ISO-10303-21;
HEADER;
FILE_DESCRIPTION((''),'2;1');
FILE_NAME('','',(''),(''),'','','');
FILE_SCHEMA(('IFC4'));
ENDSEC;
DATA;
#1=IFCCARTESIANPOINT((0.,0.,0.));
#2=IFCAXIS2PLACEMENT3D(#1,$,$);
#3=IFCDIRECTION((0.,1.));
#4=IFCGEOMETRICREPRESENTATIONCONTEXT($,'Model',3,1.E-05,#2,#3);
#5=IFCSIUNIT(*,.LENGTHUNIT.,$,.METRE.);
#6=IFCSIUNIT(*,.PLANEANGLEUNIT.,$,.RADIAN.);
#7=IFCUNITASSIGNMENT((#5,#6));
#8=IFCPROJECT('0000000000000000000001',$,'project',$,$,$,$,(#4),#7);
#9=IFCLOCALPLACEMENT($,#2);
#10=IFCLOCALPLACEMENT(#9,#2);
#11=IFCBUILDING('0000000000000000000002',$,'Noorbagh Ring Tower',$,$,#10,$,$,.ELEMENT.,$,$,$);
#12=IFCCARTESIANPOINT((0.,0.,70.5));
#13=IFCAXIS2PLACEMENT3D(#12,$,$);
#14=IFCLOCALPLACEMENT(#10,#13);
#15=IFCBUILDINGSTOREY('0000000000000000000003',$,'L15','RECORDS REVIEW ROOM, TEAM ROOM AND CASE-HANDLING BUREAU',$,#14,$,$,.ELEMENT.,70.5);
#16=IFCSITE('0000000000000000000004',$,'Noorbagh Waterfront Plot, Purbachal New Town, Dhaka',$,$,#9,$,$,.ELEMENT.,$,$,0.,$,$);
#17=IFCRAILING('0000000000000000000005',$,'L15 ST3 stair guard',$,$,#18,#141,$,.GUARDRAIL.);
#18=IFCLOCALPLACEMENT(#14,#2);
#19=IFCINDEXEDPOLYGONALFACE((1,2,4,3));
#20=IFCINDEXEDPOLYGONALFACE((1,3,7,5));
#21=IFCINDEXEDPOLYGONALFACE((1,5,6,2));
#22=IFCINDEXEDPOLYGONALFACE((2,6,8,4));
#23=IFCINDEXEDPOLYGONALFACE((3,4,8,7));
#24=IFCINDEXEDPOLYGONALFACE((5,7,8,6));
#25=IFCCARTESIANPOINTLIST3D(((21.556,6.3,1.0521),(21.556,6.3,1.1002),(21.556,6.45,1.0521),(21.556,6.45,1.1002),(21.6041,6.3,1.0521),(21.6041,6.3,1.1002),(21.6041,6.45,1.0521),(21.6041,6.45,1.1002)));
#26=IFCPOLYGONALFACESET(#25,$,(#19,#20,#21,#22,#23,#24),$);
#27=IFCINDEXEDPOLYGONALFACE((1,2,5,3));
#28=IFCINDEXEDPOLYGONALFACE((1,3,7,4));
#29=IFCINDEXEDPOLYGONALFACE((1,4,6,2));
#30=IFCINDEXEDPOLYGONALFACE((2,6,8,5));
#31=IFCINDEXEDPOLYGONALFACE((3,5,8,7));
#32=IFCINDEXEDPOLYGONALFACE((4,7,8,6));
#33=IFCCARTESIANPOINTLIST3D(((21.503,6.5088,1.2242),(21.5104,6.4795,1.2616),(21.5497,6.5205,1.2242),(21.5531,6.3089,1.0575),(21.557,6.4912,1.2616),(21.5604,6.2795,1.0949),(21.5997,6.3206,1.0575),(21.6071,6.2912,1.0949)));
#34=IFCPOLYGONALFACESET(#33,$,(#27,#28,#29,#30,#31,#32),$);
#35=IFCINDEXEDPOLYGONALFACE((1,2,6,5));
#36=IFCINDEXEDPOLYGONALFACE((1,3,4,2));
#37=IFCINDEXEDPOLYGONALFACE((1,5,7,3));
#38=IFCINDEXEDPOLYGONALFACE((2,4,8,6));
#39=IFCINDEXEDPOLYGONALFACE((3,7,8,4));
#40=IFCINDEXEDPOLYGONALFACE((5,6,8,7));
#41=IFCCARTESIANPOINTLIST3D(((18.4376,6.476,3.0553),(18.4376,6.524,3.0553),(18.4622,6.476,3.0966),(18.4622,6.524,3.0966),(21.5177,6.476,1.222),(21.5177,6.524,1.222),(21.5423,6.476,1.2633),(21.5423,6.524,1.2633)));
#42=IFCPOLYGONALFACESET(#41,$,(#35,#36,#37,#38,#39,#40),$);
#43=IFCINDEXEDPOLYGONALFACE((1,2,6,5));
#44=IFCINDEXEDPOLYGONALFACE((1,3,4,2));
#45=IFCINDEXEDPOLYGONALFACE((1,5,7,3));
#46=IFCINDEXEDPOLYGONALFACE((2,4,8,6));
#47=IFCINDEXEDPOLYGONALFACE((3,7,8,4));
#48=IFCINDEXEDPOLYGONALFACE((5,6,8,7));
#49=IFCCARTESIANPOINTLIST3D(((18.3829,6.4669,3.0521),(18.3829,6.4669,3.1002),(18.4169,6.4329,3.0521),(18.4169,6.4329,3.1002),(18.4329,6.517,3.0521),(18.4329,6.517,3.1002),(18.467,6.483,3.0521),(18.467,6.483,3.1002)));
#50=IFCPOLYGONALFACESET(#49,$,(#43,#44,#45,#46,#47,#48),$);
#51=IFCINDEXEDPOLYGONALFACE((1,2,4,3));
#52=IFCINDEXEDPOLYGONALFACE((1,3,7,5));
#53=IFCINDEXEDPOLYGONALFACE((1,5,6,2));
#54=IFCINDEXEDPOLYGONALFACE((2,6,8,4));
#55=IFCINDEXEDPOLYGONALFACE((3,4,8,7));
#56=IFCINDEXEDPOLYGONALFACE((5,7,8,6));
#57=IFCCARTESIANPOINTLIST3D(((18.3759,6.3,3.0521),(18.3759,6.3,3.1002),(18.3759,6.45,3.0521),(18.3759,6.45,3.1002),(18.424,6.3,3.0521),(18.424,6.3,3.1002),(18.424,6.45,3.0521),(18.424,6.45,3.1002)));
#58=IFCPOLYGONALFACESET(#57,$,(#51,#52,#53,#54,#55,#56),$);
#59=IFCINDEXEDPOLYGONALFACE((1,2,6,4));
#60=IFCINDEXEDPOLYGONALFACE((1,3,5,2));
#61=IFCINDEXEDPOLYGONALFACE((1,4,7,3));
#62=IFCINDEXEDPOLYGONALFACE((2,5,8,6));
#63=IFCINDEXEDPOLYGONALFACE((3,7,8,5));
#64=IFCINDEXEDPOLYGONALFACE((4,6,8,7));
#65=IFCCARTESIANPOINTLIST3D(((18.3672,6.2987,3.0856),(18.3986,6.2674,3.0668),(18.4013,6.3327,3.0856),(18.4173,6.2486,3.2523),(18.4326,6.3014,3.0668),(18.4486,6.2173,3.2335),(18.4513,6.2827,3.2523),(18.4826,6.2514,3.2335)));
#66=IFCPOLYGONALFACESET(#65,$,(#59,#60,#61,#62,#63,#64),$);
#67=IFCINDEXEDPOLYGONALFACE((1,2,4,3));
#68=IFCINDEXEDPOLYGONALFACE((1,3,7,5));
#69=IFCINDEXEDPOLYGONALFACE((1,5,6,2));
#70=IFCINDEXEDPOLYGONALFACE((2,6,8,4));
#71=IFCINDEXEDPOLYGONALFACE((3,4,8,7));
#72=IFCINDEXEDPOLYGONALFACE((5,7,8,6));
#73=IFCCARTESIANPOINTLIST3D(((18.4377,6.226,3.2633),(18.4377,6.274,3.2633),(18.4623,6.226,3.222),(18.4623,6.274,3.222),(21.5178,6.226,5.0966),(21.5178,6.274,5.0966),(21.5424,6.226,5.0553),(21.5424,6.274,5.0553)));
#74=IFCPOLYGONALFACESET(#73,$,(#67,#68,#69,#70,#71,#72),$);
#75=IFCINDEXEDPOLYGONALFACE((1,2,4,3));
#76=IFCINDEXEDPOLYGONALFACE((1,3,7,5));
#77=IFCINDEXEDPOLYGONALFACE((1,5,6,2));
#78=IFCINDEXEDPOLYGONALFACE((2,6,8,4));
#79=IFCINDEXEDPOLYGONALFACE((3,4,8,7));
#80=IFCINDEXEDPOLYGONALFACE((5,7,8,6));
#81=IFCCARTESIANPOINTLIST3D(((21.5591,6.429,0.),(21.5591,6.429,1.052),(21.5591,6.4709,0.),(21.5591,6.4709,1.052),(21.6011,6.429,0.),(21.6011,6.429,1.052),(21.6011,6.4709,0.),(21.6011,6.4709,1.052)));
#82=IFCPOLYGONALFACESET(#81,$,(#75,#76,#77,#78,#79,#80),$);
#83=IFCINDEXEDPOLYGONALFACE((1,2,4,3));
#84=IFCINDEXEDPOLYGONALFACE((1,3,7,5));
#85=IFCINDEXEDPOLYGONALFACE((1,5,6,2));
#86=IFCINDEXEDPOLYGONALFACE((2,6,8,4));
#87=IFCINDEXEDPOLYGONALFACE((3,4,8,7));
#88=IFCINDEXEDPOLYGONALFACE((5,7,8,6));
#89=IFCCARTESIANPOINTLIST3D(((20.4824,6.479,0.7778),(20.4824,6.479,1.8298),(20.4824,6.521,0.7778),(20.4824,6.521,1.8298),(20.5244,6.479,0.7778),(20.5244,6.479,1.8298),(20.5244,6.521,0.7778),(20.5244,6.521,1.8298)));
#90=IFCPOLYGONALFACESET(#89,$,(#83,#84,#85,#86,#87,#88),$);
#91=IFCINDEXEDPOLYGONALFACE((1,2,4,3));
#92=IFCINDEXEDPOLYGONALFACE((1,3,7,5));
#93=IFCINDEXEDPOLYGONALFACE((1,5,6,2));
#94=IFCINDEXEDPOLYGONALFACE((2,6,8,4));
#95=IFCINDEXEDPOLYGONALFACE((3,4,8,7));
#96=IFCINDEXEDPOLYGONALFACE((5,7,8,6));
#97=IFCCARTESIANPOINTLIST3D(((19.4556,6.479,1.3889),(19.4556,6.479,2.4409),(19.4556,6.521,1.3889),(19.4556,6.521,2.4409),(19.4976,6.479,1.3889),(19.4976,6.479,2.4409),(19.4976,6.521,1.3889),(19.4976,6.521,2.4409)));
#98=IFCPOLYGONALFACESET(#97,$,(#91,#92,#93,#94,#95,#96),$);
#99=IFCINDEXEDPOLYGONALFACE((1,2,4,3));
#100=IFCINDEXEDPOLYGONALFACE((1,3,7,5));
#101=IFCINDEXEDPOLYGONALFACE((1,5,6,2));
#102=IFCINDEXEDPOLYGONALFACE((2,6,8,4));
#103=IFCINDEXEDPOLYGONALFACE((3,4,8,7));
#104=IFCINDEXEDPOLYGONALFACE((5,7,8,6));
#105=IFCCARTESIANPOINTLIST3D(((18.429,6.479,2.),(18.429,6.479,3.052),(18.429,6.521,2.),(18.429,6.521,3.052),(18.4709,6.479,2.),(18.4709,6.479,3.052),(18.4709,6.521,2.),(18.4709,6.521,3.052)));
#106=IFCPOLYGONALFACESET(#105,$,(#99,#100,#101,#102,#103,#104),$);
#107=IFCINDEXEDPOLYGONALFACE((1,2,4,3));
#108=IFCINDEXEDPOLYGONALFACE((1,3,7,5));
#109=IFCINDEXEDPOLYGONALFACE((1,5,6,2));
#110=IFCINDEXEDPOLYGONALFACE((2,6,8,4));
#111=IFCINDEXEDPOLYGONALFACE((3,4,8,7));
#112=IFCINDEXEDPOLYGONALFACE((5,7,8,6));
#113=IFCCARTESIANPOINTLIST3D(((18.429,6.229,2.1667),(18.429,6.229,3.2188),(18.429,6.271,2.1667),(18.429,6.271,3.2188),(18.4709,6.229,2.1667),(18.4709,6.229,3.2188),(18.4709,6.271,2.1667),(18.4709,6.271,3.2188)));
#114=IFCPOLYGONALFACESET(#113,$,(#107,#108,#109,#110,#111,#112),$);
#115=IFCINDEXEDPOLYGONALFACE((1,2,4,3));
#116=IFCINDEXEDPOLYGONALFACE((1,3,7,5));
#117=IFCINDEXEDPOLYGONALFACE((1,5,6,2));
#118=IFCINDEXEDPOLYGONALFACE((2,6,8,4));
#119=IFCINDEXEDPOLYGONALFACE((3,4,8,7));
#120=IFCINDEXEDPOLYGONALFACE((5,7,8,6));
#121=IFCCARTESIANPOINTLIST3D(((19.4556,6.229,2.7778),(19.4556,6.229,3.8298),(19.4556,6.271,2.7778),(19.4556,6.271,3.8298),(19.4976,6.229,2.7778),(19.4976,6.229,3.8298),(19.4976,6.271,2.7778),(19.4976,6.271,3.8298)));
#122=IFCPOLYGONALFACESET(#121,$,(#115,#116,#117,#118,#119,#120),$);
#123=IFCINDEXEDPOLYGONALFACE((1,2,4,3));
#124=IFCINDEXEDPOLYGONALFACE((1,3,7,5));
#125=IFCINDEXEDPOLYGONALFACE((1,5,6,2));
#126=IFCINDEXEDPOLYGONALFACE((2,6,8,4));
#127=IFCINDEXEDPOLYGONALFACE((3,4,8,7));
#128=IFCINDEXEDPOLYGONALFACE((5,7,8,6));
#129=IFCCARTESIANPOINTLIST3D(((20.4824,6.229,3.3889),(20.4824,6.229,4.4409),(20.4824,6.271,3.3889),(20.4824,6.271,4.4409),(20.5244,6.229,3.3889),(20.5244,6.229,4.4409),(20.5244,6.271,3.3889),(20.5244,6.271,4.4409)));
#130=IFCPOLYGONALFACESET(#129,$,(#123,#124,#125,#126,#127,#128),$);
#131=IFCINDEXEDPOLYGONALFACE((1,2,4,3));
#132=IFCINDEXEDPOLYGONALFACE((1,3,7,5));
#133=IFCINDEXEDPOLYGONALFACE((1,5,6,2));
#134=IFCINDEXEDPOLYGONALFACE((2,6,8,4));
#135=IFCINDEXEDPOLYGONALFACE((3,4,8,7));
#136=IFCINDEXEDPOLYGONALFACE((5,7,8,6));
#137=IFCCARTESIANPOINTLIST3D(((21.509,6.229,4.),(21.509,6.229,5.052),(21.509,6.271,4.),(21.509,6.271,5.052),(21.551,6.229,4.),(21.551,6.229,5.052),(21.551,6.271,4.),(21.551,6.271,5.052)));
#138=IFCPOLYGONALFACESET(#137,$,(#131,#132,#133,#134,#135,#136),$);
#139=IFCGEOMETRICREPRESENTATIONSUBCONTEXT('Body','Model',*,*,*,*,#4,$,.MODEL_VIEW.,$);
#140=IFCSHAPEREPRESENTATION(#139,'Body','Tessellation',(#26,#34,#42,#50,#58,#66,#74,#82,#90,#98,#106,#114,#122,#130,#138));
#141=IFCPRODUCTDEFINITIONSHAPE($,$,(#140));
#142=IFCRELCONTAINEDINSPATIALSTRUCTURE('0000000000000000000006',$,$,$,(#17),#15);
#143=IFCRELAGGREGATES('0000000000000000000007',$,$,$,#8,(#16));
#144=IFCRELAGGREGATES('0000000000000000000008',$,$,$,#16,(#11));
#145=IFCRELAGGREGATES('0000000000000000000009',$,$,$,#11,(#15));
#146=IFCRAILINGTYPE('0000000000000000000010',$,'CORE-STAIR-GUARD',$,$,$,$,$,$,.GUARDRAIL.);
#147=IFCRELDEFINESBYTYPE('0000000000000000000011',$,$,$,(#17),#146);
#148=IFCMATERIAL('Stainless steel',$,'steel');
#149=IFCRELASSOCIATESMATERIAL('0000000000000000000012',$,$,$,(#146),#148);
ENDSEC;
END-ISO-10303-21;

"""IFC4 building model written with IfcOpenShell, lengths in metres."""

from ifc_helpers import new_model, si_unit, direction, frame, origin, origin_2d, place, context, subcontext, project, spatial, rectangle, extrude, material, type_object, element, save


model = new_model("IFC4")

# Units and contexts
model_context = context("Model", 3, precision=1e-05, world=origin(), true_north=direction((0.0, 1.0)))
body_context = subcontext(model_context, "Body", "Model", "MODEL_VIEW")
ifc_project = project(units=[si_unit("LENGTHUNIT", "METRE"), si_unit("PLANEANGLEUNIT", "RADIAN")], contexts=[model_context])

# Site, building, storey
site_placement = place(None, origin())
site = spatial("IfcSite", under=ifc_project, at=site_placement, Name="Noorbagh Waterfront Plot, Purbachal New Town, Dhaka", CompositionType="ELEMENT", RefElevation=0.0)
building_placement = place(site_placement, origin())
building = spatial("IfcBuilding", under=site, at=building_placement, Name="Noorbagh Ring Tower", CompositionType="ELEMENT")
storey_placement = place(building_placement, frame((0.0, 0.0, 70.5)))
storey = spatial("IfcBuildingStorey", under=building, at=storey_placement, Name="L15", Description="RECORDS REVIEW ROOM, TEAM ROOM AND CASE-HANDLING BUREAU", CompositionType="ELEMENT", Elevation=70.5)

# Railing
ifc_material_1 = material(Name="Stainless steel", Category="steel")
railing_type_1 = type_object("IfcRailingType", Name="CORE-STAIR-GUARD", PredefinedType="GUARDRAIL", material=ifc_material_1)
railing_1_placement = place(storey_placement, frame((21.5801, 6.45, 0.0)))
element("IfcRailing", 1, at=railing_1_placement, inside=storey, type_object=railing_type_1, Name="L15 ST3 stair guard", PredefinedType="GUARDRAIL", context=body_context, shape_type="SweptSolid", body=[
    extrude(rectangle(XDim=0.0481, YDim=0.0481, at=origin_2d()), frame((0.0, 0.0, 1.0762), z_axis=(0.0, -1.0, 0.0), x_axis=(1.0, 0.0, 0.0)), (0.0, 0.0, 1.0), 0.1499),
    extrude(rectangle(XDim=0.0481, YDim=0.0481, at=origin_2d()), frame((0.0, -0.1499, 1.0762), z_axis=(-0.188776, 0.754182, 0.628946), x_axis=(-0.970073, -0.242814, 0.0)), (0.0, 0.0, 1.0), 0.2651),
    extrude(rectangle(XDim=0.0481, YDim=0.0481, at=origin_2d()), frame((-0.05, 0.05, 1.2427), z_axis=(-0.859309, 0.0, 0.511458), x_axis=(0.0, -1.0, 0.0)), (0.0, 0.0, 1.0), 3.5845),
    extrude(rectangle(XDim=0.0481, YDim=0.0481, at=origin_2d()), frame((-3.1301, 0.05, 3.0762), z_axis=(-0.707107, -0.707107, 0.0), x_axis=(0.707107, -0.707107, 0.0)), (0.0, 0.0, 1.0), 0.0708),
    extrude(rectangle(XDim=0.0481, YDim=0.0481, at=origin_2d()), frame((-3.1802, 0.0, 3.0762), z_axis=(0.0, -1.0, 0.0), x_axis=(1.0, 0.0, 0.0)), (0.0, 0.0, 1.0), 0.1499),
    extrude(rectangle(XDim=0.0481, YDim=0.0481, at=origin_2d()), frame((-3.1802, -0.1499, 3.0762), z_axis=(0.276287, -0.276287, 0.920506), x_axis=(0.707107, 0.707107, 0.0)), (0.0, 0.0, 1.0), 0.1812),
    extrude(rectangle(XDim=0.0481, YDim=0.0481, at=origin_2d()), frame((-3.1301, -0.2, 3.2427), z_axis=(0.859309, 0.0, 0.511458), x_axis=(0.0, 1.0, 0.0)), (0.0, 0.0, 1.0), 3.5845),
    extrude(rectangle(XDim=0.042, YDim=0.042, at=origin_2d()), origin(), (0.0, 0.0, 1.0), 1.052),
    extrude(rectangle(XDim=0.042, YDim=0.042, at=origin_2d()), frame((-1.0767, 0.05, 0.7778)), (0.0, 0.0, 1.0), 1.052),
    extrude(rectangle(XDim=0.042, YDim=0.042, at=origin_2d()), frame((-2.1035, 0.05, 1.3889)), (0.0, 0.0, 1.0), 1.052),
    extrude(rectangle(XDim=0.042, YDim=0.042, at=origin_2d()), frame((-3.1301, 0.05, 2.0)), (0.0, 0.0, 1.0), 1.052),
    extrude(rectangle(XDim=0.042, YDim=0.042, at=origin_2d()), frame((-3.1301, -0.2, 2.1667)), (0.0, 0.0, 1.0), 1.052),
    extrude(rectangle(XDim=0.042, YDim=0.042, at=origin_2d()), frame((-2.1035, -0.2, 2.7778)), (0.0, 0.0, 1.0), 1.052),
    extrude(rectangle(XDim=0.042, YDim=0.042, at=origin_2d()), frame((-1.0767, -0.2, 3.3889)), (0.0, 0.0, 1.0), 1.052),
    extrude(rectangle(XDim=0.042, YDim=0.042, at=origin_2d()), frame((-0.05, -0.2, 4.0)), (0.0, 0.0, 1.0), 1.052),
])

save(model, "model.ifc")
